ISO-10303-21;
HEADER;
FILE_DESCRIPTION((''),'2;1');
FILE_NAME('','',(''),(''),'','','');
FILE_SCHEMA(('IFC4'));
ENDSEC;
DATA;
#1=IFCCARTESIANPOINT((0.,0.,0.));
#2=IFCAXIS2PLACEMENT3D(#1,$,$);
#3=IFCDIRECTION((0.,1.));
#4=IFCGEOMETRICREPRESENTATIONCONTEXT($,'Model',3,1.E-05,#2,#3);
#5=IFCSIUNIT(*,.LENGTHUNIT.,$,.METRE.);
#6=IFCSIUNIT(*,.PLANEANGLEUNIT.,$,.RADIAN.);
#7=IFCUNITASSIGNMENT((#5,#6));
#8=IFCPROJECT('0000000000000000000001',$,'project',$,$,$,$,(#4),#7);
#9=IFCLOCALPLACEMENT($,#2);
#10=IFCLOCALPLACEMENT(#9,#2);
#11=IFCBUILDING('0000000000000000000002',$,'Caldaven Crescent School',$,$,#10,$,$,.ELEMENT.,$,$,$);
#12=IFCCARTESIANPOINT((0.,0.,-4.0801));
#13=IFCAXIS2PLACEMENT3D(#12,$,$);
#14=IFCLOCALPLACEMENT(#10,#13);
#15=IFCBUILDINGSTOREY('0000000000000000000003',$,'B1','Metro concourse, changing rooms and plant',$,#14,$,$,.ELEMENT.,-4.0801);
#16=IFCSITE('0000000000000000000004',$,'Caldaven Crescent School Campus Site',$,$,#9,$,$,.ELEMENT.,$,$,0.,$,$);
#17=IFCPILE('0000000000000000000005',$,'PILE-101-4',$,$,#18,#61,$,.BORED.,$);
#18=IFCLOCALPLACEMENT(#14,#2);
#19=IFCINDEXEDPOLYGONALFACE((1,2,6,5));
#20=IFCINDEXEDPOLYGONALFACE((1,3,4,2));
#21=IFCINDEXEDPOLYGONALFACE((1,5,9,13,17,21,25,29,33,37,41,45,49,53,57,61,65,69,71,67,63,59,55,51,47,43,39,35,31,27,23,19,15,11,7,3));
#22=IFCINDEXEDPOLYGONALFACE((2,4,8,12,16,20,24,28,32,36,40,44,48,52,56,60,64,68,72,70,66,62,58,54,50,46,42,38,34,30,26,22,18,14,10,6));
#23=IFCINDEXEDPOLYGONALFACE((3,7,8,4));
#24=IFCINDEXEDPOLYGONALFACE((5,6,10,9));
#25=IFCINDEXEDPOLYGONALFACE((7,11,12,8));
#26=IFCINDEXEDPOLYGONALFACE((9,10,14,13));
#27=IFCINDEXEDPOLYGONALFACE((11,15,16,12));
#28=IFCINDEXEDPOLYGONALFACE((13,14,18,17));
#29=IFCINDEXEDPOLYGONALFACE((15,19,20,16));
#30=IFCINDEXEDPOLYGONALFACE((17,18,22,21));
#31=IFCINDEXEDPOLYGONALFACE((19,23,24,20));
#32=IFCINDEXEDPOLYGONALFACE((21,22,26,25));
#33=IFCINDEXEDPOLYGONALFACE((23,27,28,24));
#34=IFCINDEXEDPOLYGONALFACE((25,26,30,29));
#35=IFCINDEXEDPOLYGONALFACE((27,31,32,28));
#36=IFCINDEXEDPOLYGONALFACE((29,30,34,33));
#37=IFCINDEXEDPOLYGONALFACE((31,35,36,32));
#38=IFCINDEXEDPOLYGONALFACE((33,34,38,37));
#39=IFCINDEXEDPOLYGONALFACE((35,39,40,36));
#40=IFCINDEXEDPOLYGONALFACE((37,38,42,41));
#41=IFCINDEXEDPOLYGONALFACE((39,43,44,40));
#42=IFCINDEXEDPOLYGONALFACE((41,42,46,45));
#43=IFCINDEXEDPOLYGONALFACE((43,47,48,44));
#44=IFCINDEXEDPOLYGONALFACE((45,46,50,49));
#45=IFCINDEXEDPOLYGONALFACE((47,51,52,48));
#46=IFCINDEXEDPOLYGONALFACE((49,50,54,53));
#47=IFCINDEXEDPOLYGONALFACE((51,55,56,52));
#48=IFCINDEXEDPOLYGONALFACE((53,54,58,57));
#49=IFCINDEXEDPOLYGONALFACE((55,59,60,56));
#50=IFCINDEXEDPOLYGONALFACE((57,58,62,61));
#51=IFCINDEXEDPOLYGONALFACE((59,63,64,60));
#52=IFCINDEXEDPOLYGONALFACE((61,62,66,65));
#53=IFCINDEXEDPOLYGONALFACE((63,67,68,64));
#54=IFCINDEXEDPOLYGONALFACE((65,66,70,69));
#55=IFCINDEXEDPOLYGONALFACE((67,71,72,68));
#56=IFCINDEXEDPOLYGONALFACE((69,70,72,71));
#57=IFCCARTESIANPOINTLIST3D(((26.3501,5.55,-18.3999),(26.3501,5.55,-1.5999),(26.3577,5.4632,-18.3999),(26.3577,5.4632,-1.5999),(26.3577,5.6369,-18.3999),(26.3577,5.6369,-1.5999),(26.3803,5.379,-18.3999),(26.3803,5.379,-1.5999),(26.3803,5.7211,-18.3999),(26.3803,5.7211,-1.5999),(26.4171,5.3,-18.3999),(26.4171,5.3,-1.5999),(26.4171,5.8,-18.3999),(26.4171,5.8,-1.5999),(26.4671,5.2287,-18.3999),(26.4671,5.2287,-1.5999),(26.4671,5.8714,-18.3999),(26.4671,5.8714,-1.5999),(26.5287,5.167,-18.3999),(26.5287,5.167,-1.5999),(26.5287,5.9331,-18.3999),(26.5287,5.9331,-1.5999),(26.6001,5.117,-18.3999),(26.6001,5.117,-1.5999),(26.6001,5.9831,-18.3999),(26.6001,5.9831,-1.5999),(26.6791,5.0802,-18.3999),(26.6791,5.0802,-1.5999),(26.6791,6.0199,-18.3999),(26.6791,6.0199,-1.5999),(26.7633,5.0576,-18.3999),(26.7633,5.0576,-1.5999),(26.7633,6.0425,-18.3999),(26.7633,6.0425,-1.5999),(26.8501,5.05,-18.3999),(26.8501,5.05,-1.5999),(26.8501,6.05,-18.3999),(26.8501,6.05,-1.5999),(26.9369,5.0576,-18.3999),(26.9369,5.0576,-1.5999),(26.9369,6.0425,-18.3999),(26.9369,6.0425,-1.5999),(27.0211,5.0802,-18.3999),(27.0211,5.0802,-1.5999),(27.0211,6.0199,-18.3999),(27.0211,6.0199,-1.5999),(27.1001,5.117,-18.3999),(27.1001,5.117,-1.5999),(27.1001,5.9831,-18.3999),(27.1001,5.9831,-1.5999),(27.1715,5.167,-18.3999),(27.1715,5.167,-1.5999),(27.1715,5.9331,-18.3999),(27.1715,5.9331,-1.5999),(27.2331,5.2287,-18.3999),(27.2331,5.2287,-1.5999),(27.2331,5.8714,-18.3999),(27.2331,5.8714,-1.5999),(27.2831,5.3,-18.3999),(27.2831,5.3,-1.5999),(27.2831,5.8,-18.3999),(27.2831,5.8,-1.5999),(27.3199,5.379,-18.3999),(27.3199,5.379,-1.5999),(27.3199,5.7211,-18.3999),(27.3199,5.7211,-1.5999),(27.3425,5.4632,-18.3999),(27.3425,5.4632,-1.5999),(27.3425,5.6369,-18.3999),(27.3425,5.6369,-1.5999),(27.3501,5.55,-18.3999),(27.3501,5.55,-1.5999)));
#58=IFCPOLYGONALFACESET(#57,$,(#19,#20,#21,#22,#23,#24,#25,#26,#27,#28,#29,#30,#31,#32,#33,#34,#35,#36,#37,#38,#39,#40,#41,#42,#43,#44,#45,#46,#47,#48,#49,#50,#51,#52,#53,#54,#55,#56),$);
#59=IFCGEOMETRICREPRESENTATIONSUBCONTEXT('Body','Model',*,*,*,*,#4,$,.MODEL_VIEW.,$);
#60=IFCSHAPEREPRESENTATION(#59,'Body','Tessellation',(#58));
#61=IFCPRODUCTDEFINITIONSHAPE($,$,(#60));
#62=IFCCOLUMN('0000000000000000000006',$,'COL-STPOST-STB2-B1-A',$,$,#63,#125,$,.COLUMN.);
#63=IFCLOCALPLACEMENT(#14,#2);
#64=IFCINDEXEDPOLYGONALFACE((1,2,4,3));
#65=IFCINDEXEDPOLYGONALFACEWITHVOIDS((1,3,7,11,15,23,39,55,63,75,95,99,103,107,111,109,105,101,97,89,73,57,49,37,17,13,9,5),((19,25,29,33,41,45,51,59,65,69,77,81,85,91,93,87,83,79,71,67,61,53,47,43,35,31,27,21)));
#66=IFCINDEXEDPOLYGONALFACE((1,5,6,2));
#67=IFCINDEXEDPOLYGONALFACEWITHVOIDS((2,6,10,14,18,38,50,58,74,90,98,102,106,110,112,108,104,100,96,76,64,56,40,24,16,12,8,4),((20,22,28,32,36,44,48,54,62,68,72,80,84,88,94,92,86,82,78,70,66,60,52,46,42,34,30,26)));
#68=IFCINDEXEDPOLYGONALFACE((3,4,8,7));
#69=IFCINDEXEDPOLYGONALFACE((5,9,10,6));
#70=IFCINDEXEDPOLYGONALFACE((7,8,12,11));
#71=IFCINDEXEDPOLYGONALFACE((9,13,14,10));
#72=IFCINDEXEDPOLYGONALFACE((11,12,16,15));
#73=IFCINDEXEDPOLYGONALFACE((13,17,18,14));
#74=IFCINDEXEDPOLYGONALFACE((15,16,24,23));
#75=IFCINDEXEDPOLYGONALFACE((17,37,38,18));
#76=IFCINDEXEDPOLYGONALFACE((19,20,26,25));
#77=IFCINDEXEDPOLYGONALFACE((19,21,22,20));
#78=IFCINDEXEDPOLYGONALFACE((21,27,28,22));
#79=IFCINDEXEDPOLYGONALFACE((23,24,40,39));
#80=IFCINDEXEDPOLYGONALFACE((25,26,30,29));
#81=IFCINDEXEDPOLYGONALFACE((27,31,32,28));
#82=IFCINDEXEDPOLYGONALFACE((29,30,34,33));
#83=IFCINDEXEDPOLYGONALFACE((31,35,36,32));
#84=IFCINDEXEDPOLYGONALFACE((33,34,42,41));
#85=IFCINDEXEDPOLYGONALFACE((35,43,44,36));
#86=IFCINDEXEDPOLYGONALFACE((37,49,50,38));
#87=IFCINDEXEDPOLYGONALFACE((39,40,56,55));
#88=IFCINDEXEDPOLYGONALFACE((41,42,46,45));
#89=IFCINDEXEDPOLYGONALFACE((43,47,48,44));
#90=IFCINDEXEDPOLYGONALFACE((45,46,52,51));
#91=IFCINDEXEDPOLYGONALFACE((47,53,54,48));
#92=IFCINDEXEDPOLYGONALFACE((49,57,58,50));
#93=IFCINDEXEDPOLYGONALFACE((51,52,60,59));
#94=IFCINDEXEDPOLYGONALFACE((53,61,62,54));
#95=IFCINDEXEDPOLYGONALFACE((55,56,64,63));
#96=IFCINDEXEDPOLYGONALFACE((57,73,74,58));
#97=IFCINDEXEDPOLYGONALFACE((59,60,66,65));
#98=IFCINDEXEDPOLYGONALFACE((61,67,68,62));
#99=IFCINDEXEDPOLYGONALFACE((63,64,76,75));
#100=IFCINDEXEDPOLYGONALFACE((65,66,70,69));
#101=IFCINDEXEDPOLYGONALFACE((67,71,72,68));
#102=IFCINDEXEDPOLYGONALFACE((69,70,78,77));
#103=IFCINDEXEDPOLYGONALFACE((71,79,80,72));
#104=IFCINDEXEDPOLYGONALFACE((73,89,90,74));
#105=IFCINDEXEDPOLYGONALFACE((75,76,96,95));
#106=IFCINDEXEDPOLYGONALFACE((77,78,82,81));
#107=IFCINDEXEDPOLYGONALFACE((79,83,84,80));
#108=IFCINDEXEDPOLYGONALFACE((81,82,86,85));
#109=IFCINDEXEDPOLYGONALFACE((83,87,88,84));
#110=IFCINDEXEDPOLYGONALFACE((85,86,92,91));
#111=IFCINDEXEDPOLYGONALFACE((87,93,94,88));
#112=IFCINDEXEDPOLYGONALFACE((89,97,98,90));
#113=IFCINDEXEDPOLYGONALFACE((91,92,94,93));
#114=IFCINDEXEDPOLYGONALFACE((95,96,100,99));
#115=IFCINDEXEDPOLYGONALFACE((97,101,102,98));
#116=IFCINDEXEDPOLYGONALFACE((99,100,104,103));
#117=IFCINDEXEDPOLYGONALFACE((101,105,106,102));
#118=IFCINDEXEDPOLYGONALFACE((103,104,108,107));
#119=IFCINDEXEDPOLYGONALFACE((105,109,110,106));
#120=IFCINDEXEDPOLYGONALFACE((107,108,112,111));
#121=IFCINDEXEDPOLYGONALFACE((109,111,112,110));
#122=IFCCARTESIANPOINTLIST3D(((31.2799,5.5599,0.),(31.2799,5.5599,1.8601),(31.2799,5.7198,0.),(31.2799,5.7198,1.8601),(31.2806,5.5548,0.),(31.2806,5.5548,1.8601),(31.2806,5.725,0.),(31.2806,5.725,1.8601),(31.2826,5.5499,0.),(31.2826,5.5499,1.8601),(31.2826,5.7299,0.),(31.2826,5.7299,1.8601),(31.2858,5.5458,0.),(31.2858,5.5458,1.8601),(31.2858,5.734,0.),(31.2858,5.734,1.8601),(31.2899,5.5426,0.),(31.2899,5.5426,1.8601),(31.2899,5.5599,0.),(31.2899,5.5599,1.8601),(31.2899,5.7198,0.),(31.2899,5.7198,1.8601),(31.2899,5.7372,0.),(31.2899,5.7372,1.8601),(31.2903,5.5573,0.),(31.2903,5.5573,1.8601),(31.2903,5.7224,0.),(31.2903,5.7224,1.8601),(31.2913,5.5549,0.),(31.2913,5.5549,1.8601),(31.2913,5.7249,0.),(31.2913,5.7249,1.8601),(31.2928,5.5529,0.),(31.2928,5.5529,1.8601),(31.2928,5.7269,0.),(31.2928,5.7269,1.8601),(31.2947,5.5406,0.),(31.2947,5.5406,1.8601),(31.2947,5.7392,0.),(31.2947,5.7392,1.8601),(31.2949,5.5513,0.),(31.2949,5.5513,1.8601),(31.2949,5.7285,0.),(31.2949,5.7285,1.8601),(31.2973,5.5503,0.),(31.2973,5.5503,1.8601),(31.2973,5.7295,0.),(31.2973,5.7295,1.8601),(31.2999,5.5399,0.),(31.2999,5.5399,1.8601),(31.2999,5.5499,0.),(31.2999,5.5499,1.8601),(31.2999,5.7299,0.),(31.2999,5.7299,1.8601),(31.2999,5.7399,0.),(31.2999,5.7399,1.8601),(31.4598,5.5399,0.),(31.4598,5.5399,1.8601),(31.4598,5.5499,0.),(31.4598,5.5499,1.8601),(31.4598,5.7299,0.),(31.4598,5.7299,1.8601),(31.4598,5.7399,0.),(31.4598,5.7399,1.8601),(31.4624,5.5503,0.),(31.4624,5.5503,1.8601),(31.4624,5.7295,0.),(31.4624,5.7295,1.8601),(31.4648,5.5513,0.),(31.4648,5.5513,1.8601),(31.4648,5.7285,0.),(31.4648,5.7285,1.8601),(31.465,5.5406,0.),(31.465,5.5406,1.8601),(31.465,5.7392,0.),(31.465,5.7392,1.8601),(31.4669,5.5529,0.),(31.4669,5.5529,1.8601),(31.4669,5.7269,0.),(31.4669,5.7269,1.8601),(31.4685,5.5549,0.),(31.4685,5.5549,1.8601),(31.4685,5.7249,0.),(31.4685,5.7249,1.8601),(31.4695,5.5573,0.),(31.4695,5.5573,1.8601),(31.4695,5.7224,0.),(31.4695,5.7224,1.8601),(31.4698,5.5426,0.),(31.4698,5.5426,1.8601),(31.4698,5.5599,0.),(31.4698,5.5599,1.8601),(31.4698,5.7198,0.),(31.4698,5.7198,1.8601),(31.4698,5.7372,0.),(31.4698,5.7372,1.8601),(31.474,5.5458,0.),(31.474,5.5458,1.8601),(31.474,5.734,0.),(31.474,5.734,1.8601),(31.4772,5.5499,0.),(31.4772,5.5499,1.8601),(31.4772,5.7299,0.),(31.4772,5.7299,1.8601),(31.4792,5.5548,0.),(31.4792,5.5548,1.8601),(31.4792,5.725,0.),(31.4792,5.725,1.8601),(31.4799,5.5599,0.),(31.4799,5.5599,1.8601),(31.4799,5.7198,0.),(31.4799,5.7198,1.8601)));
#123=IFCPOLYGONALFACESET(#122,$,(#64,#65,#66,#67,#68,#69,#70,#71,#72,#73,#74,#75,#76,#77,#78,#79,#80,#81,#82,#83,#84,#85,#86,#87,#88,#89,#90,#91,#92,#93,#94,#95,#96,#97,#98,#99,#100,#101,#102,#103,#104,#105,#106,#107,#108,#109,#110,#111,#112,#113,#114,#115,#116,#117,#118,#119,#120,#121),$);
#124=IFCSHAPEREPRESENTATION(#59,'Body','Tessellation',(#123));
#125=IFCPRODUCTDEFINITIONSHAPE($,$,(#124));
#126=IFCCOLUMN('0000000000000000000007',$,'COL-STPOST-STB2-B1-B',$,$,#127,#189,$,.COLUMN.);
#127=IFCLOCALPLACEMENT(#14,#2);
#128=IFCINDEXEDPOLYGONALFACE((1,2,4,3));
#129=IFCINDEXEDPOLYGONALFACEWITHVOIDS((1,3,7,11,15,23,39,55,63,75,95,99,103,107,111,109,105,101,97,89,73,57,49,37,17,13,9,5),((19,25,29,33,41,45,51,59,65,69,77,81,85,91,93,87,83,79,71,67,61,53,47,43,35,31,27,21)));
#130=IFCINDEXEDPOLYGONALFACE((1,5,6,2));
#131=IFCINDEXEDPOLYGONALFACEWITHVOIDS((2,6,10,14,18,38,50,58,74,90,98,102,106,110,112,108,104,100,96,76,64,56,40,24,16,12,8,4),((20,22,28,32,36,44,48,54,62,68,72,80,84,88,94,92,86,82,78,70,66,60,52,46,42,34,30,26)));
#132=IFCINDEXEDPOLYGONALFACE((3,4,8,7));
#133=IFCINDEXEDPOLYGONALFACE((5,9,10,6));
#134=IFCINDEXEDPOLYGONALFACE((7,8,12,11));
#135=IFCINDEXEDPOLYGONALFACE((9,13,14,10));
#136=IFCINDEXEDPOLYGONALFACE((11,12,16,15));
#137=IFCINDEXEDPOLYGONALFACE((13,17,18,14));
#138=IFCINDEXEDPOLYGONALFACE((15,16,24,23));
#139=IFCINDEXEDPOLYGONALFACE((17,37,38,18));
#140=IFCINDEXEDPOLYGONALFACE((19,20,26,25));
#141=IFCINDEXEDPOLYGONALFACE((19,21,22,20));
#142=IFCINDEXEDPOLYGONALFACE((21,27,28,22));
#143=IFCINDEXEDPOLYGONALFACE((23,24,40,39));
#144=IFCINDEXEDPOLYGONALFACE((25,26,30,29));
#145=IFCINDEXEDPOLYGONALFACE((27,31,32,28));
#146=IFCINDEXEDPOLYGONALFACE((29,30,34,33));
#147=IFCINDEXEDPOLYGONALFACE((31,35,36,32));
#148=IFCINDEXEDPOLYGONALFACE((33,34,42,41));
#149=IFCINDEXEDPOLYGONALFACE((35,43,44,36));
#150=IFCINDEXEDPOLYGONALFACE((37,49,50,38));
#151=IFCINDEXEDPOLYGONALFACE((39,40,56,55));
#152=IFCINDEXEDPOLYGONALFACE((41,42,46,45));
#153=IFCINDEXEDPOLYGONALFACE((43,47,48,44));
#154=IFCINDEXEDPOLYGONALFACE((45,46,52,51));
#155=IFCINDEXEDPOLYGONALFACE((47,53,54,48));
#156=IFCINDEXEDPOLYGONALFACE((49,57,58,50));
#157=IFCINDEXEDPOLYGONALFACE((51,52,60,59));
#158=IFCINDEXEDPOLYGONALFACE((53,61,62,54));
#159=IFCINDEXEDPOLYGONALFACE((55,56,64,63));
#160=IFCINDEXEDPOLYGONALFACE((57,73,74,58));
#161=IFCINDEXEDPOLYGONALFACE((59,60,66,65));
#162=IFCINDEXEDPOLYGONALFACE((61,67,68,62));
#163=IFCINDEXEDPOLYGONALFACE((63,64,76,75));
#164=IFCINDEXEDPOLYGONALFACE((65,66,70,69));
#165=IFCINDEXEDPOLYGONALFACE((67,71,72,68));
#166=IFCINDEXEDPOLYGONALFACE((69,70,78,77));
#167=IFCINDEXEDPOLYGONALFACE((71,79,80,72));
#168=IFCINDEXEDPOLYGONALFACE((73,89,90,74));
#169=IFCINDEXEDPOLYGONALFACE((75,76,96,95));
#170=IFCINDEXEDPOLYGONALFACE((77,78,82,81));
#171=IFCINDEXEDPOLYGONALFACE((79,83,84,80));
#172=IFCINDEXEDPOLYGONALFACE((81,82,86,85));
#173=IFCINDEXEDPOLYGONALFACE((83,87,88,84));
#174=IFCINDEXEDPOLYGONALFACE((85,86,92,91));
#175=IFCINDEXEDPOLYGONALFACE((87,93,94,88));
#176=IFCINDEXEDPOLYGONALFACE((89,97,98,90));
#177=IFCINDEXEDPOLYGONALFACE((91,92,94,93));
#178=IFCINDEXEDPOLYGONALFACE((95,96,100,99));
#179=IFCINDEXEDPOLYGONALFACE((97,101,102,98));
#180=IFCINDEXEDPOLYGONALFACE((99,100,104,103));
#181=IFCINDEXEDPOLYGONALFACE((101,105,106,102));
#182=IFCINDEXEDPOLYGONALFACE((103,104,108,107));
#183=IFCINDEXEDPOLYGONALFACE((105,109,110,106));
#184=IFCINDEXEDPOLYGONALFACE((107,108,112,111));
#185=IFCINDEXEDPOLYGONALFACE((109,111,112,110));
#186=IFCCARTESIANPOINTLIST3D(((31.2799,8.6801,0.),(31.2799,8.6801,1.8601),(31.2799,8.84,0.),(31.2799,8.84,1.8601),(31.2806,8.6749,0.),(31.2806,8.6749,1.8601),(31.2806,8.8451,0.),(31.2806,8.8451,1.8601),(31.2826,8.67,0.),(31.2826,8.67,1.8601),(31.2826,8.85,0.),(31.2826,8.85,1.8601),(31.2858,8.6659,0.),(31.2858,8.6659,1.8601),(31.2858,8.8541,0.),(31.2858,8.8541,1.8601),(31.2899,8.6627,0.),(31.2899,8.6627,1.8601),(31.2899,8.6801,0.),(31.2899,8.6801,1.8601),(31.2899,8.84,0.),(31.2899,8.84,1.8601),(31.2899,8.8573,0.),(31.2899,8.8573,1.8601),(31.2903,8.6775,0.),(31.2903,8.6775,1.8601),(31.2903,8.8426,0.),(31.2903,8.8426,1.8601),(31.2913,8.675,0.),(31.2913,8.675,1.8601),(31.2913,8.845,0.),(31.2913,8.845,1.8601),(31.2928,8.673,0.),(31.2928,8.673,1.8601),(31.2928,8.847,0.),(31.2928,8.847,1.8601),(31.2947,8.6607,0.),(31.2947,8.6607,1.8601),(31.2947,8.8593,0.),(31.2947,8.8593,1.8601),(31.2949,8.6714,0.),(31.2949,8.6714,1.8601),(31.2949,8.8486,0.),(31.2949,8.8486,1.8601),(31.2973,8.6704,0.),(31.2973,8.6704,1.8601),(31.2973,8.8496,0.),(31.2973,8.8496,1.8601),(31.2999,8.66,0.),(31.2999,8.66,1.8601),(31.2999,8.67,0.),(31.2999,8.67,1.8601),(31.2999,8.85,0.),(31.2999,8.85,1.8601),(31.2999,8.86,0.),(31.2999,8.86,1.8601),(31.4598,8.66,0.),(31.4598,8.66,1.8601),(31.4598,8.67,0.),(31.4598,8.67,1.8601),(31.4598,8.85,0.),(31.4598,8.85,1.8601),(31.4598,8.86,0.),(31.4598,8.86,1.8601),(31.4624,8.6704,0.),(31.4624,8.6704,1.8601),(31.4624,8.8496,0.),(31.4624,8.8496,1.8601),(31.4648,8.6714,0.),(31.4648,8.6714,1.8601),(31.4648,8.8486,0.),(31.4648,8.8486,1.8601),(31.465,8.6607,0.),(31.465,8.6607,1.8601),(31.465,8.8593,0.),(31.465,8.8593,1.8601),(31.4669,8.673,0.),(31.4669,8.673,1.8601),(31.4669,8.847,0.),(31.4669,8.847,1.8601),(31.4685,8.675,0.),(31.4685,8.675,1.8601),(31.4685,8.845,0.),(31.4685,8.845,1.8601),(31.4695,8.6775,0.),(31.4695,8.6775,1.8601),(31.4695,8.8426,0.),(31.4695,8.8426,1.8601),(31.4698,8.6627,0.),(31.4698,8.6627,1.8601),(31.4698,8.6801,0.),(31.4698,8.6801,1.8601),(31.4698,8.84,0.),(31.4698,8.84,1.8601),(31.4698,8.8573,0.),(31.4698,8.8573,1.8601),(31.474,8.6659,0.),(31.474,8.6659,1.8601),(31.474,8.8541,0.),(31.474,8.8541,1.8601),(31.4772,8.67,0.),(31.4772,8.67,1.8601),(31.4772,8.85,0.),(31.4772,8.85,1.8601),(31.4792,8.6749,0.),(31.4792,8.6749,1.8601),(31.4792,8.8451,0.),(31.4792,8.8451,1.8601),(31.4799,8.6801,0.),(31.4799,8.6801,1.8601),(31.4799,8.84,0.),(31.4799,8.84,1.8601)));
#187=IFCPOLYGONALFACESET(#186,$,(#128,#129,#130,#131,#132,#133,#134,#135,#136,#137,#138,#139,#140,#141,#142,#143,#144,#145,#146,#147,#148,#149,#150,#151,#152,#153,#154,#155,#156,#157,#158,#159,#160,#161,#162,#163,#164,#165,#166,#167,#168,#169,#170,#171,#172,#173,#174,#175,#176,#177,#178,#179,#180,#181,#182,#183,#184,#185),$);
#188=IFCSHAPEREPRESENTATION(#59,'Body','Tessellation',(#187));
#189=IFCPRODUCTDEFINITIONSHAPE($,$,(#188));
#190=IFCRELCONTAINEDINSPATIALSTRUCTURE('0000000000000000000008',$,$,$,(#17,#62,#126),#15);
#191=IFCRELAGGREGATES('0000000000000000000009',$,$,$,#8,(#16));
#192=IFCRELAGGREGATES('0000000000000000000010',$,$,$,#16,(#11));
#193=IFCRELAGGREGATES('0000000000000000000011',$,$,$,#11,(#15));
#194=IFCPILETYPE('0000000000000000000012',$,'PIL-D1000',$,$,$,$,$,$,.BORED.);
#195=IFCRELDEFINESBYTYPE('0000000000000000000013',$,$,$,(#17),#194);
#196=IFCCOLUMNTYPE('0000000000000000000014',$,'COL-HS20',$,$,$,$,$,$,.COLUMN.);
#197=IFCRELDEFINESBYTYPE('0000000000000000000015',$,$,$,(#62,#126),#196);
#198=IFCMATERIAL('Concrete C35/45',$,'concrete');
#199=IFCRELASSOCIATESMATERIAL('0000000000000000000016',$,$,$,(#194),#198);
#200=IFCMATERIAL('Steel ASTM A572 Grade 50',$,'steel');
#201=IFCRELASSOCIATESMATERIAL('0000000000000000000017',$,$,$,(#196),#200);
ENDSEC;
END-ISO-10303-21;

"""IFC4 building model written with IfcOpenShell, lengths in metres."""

from ifc_helpers import new_model, si_unit, direction, frame, origin, origin_2d, place, context, subcontext, project, spatial, hollow_rectangle, circle, extrude, material, material_profile, profile_set, type_object, element, save


model = new_model("IFC4")

# Units and contexts
model_context = context("Model", 3, precision=1e-05, world=origin(), true_north=direction((0.0, 1.0)))
body_context = subcontext(model_context, "Body", "Model", "MODEL_VIEW")
ifc_project = project(units=[si_unit("LENGTHUNIT", "METRE"), si_unit("PLANEANGLEUNIT", "RADIAN")], contexts=[model_context])

# Site, building, storey
site_placement = place(None, origin())
site = spatial("IfcSite", under=ifc_project, at=site_placement, Name="Caldaven Crescent School Campus Site", CompositionType="ELEMENT", RefElevation=0.0)
building_placement = place(site_placement, origin())
building = spatial("IfcBuilding", under=site, at=building_placement, Name="Caldaven Crescent School", CompositionType="ELEMENT")
storey_placement = place(building_placement, frame((0.0, 0.0, -4.0801)))
storey = spatial("IfcBuildingStorey", under=building, at=storey_placement, Name="B1", Description="Metro concourse, changing rooms and plant", CompositionType="ELEMENT", Elevation=-4.0801)

# Shared definitions
ifc_material_1 = material(Name="Concrete C35/45", Category="concrete")

# Pile
ifc_material_profile_1 = material_profile(ifc_material_1, circle(Radius=0.5, at=origin_2d()), Name="PILE D1000")
ifc_profile_set_1 = profile_set([ifc_material_profile_1], Name="Concrete C35/45")
pile_type = type_object("IfcPileType", Name="PIL-D1000", PredefinedType="BORED", material=ifc_profile_set_1)
for number, where, z_axis, x_axis, name in (
    (1, (26.8501, 5.55, -1.5999), (0.0, 0.0, -1.0), (1.0, 0.0, 0.0), "PILE-101-4"),
):
    element("IfcPile", number, at=place(storey_placement, frame(where, z_axis=z_axis, x_axis=x_axis)), inside=storey, type_object=pile_type, Name=name, PredefinedType="BORED", context=body_context, shape_type="SweptSolid", body=[
        extrude(circle(Radius=0.5, at=origin_2d()), origin(), (0.0, 0.0, 1.0), 16.8),
    ])

# Columns
ifc_material_2 = material(Name="Steel ASTM A572 Grade 50", Category="steel")
ifc_material_profile_2 = material_profile(ifc_material_2, hollow_rectangle(XDim=0.2, YDim=0.2, WallThickness=0.01, InnerFilletRadius=0.01, OuterFilletRadius=0.02, at=origin_2d()), Name="HSS 200x200x10")
ifc_profile_set_2 = profile_set([ifc_material_profile_2], Name="Steel ASTM A572 Grade 50")
column_type_1 = type_object("IfcColumnType", Name="COL-HS20", PredefinedType="COLUMN", material=ifc_profile_set_2)
for number, where, z_axis, x_axis, name in (
    (2, (31.3799, 5.6399, 0.0), (0.0, 0.0, 1.0), (1.0, 0.0, 0.0), "COL-STPOST-STB2-B1-A"),
    (3, (31.3799, 8.76, 0.0), (0.0, 0.0, 1.0), (1.0, 0.0, 0.0), "COL-STPOST-STB2-B1-B"),
):
    element("IfcColumn", number, at=place(storey_placement, frame(where, z_axis=z_axis, x_axis=x_axis)), inside=storey, type_object=column_type_1, Name=name, PredefinedType="COLUMN", context=body_context, shape_type="SweptSolid", body=[
        extrude(hollow_rectangle(XDim=0.2, YDim=0.2, WallThickness=0.01, InnerFilletRadius=0.01, OuterFilletRadius=0.02, at=origin_2d()), origin(), (0.0, 0.0, 1.0), 1.8601),
    ])

save(model, "model.ifc")
